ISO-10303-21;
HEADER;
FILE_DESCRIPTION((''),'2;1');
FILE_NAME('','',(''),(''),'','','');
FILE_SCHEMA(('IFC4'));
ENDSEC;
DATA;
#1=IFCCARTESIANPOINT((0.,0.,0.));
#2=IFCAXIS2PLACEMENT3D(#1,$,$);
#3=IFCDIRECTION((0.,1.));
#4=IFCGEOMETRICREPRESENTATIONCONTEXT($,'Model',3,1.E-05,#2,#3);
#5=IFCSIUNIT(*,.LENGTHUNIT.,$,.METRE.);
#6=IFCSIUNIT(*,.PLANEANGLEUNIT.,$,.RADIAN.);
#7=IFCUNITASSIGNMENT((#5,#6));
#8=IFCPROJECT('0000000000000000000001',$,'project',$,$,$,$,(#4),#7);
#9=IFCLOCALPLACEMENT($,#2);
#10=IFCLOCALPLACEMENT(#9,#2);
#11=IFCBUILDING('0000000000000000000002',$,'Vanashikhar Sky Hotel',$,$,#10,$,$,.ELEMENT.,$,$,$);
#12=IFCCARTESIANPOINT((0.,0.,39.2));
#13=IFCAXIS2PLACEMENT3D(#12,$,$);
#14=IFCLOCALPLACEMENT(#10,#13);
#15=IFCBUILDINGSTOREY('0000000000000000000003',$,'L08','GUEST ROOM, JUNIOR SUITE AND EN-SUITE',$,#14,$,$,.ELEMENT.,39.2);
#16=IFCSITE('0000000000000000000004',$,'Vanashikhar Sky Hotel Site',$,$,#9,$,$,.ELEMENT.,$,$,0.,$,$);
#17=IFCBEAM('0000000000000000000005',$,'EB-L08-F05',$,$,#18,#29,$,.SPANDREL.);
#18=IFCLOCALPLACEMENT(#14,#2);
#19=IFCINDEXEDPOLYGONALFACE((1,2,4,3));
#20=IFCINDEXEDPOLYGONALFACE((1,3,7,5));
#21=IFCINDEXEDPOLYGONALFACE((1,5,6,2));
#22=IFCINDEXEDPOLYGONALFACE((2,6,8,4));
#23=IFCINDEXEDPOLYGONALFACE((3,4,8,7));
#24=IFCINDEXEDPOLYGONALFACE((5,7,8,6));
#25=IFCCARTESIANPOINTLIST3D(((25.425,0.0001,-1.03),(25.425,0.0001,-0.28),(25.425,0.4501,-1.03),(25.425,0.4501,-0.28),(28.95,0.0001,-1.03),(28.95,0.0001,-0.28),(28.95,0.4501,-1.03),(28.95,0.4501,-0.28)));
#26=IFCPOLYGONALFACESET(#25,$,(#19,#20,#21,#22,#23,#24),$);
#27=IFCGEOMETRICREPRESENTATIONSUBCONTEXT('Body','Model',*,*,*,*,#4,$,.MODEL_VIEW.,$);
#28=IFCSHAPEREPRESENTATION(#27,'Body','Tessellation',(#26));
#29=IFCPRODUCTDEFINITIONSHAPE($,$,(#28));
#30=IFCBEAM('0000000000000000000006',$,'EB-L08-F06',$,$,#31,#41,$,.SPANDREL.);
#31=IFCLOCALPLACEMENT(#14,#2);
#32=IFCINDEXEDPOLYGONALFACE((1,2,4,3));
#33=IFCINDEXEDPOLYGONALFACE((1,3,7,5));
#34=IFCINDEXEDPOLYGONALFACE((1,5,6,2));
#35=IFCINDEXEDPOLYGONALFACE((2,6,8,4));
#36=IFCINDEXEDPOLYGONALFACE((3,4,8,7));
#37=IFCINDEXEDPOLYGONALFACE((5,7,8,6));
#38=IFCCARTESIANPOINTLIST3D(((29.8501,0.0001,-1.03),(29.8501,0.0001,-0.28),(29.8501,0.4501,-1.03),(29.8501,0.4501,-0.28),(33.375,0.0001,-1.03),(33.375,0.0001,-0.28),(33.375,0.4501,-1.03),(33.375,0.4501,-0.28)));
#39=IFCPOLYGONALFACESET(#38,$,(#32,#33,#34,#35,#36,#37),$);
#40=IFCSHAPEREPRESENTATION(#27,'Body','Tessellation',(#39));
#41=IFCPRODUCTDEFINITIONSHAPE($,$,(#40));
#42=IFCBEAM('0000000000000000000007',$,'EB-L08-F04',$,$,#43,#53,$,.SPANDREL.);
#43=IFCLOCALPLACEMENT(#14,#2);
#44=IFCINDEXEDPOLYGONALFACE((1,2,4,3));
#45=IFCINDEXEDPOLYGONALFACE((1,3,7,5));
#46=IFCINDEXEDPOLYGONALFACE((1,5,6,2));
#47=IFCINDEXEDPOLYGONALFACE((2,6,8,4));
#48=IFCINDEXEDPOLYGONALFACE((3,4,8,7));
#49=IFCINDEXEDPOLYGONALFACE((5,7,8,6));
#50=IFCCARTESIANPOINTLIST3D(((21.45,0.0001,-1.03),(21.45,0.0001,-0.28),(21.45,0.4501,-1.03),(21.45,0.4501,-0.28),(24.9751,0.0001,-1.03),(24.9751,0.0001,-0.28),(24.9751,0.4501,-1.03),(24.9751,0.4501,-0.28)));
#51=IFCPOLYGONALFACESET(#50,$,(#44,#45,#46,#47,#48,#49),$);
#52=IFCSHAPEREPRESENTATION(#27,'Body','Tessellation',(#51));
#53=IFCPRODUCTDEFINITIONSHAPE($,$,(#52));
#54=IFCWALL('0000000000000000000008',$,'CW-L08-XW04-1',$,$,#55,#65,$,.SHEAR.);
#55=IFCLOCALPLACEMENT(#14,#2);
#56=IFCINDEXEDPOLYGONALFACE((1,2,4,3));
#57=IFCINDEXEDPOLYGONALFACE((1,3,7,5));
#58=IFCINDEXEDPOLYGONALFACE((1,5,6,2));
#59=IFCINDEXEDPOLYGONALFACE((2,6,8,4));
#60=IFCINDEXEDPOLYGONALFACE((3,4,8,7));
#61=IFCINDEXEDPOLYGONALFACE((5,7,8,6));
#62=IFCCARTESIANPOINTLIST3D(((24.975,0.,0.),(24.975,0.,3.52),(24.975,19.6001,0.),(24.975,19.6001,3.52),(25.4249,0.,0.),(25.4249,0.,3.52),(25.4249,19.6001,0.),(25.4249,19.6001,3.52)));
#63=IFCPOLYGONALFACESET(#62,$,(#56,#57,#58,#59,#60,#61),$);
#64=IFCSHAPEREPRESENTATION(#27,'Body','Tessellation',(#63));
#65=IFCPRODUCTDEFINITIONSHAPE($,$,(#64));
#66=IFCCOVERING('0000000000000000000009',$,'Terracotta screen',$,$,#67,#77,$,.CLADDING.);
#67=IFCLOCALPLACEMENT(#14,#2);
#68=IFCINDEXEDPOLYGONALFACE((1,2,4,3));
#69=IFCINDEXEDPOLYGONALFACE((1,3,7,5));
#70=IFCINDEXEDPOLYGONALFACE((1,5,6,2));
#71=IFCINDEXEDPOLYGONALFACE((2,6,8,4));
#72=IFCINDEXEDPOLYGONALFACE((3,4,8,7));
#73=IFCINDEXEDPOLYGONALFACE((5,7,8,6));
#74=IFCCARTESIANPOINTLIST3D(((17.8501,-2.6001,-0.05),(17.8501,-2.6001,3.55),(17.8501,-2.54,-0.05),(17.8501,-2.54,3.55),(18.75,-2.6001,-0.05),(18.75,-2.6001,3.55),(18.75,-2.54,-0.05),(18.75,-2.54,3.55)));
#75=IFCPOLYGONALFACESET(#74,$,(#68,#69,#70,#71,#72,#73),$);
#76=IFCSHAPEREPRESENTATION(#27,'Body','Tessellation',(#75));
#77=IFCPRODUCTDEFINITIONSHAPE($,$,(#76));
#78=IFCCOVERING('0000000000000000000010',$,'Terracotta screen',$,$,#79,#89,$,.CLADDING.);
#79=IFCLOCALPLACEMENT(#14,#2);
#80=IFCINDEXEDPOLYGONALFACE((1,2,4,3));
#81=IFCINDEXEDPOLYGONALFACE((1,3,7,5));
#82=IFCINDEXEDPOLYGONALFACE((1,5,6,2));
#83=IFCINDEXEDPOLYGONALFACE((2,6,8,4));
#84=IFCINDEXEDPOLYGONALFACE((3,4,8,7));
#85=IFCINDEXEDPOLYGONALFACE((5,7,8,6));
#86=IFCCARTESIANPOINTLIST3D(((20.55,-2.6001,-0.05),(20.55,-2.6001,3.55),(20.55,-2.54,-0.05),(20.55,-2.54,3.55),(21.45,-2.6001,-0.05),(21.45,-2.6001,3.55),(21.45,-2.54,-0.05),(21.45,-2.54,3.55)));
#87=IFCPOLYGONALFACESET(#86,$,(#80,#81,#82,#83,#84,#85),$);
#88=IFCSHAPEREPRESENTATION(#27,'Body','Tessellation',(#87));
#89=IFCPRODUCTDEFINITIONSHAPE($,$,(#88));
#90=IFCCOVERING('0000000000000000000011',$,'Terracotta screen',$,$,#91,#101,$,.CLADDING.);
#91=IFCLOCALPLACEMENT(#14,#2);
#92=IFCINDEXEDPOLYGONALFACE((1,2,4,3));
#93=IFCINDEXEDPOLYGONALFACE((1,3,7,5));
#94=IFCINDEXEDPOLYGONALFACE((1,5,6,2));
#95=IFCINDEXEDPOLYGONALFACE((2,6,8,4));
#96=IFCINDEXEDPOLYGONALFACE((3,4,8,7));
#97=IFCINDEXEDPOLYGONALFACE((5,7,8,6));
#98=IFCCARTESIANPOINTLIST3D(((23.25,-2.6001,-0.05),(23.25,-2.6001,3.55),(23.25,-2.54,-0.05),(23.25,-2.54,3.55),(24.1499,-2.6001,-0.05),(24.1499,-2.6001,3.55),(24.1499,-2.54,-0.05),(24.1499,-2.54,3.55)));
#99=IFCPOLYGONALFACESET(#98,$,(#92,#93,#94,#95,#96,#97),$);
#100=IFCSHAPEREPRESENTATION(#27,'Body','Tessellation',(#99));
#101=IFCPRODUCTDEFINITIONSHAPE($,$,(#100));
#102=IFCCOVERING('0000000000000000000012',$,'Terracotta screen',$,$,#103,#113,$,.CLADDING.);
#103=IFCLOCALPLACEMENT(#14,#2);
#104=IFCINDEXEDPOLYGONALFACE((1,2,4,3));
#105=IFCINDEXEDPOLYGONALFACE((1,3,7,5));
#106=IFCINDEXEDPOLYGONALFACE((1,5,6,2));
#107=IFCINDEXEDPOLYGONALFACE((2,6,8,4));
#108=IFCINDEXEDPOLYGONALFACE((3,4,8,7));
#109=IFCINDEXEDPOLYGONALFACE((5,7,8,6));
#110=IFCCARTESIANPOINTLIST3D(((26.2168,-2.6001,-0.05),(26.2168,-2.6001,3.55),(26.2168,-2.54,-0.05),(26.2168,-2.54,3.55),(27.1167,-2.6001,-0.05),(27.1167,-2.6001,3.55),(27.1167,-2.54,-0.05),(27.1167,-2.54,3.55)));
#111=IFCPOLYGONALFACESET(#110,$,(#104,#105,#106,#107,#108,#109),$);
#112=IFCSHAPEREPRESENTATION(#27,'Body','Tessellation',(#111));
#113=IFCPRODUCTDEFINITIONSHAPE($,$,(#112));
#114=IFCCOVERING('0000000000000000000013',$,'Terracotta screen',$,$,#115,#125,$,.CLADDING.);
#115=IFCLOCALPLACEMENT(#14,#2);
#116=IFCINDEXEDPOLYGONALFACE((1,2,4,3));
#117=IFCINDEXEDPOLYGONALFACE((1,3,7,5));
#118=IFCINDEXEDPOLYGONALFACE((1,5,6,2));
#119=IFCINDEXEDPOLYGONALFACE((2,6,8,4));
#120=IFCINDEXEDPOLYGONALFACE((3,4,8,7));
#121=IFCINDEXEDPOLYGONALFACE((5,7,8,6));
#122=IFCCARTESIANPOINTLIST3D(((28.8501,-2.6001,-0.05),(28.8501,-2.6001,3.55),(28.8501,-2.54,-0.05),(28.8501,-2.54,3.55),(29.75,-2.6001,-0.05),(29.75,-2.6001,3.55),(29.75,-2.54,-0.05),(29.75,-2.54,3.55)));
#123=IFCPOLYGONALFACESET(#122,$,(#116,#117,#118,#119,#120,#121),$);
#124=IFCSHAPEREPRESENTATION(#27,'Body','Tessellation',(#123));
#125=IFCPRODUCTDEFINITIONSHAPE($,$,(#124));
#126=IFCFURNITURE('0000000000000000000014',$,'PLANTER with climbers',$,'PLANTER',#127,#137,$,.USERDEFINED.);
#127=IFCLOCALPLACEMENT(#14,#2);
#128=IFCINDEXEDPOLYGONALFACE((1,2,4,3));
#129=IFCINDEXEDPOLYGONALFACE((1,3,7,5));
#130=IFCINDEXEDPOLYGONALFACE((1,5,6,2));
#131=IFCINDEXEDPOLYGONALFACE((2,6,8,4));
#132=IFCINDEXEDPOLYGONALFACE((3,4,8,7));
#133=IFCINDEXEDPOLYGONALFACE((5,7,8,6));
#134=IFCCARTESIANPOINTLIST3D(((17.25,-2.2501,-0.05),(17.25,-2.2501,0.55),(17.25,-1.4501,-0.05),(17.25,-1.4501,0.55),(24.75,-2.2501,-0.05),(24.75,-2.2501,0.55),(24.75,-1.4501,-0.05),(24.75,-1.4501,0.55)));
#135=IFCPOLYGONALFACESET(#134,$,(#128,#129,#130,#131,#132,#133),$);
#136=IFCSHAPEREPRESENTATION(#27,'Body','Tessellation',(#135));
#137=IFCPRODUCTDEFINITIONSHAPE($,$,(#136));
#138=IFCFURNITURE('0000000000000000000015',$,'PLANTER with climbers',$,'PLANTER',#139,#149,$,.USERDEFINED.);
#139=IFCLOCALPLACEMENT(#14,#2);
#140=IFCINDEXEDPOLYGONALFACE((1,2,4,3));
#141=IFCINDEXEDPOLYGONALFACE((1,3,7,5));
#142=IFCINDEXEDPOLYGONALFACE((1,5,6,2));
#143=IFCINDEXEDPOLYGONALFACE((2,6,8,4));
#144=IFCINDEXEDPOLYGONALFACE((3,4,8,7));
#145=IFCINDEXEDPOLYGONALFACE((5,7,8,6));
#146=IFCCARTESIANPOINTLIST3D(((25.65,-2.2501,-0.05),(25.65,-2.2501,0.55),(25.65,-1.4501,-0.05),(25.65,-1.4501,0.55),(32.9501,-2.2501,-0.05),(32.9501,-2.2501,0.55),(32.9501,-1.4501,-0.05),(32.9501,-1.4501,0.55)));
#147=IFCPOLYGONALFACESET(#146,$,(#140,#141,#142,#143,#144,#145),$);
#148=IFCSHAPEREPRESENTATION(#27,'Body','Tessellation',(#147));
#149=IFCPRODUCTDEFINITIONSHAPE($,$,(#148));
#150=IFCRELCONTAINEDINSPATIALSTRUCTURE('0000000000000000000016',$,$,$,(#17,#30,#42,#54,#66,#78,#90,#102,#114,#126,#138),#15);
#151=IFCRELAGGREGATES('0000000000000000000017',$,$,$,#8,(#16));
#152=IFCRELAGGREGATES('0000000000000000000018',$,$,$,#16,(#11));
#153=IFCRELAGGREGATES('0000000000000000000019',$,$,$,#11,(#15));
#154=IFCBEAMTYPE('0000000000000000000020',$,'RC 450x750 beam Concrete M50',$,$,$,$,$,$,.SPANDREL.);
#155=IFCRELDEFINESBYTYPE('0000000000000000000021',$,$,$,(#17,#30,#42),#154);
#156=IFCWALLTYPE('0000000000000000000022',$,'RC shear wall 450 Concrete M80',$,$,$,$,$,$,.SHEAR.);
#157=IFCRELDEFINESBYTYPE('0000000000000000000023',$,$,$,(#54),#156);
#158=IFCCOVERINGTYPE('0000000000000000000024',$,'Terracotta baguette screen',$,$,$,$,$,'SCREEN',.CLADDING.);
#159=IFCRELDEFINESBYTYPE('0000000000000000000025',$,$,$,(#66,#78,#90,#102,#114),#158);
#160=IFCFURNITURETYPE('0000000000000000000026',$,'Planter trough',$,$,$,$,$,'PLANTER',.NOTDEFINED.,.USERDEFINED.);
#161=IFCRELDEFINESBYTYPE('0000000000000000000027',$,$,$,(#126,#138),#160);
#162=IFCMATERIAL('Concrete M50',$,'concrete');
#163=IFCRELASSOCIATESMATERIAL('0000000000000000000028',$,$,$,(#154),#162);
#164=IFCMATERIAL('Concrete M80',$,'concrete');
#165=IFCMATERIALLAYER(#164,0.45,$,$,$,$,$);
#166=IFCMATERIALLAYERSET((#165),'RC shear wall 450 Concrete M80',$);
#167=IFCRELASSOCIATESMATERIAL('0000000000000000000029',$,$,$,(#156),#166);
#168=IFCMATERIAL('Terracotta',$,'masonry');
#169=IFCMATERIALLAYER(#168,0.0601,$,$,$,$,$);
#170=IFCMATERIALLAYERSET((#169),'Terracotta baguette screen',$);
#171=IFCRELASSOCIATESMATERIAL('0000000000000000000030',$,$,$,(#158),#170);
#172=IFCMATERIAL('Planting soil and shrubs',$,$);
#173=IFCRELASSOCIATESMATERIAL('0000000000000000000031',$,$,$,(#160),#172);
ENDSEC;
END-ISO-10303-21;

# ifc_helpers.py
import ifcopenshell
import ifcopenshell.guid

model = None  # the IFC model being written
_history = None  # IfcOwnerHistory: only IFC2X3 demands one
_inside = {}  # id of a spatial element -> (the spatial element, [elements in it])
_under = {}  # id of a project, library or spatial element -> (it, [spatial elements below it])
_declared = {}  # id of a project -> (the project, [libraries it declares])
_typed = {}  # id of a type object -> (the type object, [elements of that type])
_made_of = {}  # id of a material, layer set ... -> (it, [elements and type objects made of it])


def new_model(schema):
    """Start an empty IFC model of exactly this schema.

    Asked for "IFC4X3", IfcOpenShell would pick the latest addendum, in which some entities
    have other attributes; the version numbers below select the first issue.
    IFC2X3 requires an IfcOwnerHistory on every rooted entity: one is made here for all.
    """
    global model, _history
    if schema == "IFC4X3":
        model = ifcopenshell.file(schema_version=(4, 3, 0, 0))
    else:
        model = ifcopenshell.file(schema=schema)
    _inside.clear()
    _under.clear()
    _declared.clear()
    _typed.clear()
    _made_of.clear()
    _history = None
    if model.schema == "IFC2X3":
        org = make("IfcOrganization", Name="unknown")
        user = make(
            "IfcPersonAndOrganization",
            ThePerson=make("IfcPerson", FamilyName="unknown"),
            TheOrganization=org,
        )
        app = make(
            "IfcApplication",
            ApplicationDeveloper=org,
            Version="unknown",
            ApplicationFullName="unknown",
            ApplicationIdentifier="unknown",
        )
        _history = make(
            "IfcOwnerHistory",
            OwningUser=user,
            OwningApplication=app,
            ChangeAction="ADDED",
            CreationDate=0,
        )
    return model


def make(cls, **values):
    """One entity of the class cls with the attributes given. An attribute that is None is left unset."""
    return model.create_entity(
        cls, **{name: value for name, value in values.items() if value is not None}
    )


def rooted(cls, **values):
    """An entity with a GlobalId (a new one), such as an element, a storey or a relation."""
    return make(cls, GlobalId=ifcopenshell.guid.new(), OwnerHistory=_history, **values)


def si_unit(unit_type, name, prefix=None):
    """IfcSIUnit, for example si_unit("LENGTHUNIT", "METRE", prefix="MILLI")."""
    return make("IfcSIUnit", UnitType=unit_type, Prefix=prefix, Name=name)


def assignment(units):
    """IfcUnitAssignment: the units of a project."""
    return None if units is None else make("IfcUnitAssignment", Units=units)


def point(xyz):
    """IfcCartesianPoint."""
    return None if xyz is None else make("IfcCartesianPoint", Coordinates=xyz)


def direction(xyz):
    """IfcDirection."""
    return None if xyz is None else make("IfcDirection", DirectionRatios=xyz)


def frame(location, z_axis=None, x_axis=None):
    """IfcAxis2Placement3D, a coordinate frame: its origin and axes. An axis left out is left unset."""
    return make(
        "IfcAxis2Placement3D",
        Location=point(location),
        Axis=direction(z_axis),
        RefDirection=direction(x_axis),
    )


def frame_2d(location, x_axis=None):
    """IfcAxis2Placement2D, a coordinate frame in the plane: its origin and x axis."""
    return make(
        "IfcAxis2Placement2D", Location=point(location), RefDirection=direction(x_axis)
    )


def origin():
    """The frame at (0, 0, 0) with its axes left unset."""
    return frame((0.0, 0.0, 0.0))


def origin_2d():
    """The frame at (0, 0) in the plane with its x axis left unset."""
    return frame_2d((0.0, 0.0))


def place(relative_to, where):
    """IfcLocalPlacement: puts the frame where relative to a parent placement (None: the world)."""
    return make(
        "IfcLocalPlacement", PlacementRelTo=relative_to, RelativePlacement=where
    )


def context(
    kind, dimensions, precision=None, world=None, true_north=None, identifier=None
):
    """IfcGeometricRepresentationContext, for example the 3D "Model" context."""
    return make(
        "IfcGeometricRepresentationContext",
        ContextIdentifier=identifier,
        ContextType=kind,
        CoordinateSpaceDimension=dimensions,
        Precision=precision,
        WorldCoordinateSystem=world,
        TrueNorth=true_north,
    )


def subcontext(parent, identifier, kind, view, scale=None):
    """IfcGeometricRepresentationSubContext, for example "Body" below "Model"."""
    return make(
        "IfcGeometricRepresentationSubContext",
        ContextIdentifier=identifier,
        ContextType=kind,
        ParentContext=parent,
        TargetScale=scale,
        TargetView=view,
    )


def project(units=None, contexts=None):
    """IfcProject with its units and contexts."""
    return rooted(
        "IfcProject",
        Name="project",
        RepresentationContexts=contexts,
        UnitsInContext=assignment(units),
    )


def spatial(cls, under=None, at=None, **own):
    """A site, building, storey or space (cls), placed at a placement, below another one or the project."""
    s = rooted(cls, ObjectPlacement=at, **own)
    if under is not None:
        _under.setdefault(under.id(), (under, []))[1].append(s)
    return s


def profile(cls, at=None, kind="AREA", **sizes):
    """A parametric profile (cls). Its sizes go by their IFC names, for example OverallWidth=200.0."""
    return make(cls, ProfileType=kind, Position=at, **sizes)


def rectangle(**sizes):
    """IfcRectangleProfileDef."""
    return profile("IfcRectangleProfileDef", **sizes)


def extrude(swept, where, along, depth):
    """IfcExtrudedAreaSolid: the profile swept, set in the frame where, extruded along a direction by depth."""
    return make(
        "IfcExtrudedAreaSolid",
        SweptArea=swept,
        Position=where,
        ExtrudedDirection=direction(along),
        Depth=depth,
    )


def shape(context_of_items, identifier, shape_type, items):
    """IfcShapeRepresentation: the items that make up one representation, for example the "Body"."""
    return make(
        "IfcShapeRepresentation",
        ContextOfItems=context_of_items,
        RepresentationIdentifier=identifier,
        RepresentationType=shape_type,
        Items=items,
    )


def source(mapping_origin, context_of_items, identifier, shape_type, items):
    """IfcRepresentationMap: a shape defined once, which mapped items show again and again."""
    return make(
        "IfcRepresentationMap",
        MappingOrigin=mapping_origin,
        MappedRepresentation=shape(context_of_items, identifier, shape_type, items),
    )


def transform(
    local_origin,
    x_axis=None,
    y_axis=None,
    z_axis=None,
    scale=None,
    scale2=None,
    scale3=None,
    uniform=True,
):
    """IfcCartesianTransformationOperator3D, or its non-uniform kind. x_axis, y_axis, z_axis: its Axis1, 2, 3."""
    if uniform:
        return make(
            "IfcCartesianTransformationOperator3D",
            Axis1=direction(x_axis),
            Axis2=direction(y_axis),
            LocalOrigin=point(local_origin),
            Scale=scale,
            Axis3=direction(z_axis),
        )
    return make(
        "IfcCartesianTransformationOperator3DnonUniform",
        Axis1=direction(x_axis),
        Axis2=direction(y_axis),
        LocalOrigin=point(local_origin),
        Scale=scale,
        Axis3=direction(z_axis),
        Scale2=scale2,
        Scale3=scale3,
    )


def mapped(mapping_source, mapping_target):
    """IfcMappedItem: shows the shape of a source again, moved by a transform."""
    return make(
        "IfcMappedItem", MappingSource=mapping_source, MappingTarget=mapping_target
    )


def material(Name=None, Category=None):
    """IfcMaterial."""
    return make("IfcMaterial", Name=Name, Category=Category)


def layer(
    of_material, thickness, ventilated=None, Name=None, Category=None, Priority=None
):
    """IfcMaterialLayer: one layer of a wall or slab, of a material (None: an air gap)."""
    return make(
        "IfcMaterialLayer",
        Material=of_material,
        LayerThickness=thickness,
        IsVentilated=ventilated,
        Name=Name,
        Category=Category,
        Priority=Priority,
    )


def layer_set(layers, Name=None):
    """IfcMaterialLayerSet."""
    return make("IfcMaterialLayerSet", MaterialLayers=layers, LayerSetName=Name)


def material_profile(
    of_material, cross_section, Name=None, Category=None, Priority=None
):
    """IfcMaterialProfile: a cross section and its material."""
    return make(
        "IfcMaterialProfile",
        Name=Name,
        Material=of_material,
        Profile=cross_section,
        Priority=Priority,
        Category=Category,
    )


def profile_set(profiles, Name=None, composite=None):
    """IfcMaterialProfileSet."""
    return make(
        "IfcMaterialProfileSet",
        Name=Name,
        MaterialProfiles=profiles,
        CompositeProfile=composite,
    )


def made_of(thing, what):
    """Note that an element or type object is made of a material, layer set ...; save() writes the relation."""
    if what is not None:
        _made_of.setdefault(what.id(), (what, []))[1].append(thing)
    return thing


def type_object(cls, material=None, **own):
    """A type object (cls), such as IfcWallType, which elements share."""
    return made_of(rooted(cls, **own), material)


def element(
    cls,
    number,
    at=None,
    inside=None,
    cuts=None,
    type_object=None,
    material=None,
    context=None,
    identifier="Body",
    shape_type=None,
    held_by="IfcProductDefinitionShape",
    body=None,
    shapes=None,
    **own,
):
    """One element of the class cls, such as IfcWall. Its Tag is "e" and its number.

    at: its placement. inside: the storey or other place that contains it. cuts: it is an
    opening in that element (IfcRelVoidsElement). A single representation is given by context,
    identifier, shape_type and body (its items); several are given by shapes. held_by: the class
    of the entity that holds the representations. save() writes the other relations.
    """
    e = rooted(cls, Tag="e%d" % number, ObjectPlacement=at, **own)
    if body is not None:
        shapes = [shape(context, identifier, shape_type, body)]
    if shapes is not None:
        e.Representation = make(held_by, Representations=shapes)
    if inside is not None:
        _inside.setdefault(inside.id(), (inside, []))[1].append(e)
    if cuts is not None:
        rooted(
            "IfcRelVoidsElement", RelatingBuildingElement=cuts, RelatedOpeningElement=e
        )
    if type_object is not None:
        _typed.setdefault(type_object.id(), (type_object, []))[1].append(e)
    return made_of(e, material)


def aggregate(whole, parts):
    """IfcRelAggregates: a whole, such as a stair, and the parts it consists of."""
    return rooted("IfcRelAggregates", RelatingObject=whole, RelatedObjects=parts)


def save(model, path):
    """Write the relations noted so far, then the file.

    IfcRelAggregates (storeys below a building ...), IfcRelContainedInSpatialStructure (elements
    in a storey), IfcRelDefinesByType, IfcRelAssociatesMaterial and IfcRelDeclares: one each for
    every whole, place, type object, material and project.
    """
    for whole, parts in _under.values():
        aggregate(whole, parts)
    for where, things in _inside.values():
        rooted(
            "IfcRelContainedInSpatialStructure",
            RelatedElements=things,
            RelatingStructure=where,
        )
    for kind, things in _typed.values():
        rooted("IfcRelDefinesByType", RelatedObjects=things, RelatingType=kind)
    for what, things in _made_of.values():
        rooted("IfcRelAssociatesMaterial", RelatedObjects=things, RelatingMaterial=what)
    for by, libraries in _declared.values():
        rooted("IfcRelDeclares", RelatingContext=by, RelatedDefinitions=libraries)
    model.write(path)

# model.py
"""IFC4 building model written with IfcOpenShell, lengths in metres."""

from ifc_helpers import new_model, si_unit, direction, frame, frame_2d, origin, origin_2d, place, context, subcontext, project, spatial, rectangle, extrude, source, transform, mapped, material, layer, layer_set, material_profile, profile_set, type_object, element, save


model = new_model("IFC4")

# Units and contexts
model_context = context("Model", 3, precision=1e-05, world=origin(), true_north=direction((0.0, 1.0)))
body_context = subcontext(model_context, "Body", "Model", "MODEL_VIEW")
ifc_project = project(units=[si_unit("LENGTHUNIT", "METRE"), si_unit("PLANEANGLEUNIT", "RADIAN")], contexts=[model_context])

# Site, building, storey
site_placement = place(None, origin())
site = spatial("IfcSite", under=ifc_project, at=site_placement, Name="Vanashikhar Sky Hotel Site", CompositionType="ELEMENT", RefElevation=0.0)
building_placement = place(site_placement, origin())
building = spatial("IfcBuilding", under=site, at=building_placement, Name="Vanashikhar Sky Hotel", CompositionType="ELEMENT")
storey_placement = place(building_placement, frame((0.0, 0.0, 39.2)))
storey = spatial("IfcBuildingStorey", under=building, at=storey_placement, Name="L08", Description="GUEST ROOM, JUNIOR SUITE AND EN-SUITE", CompositionType="ELEMENT", Elevation=39.2)

# Beams
ifc_material_1 = material(Name="Concrete M50", Category="concrete")
ifc_material_profile = material_profile(ifc_material_1, rectangle(XDim=0.45, YDim=0.75, at=origin_2d()))
ifc_profile_set = profile_set([ifc_material_profile], Name="RC 450x750 beam Concrete M50")
beam_type = type_object("IfcBeamType", Name="RC 450x750 beam Concrete M50", PredefinedType="SPANDREL", material=ifc_profile_set)
shared_shape_1 = source(origin(), body_context, "Body", "SweptSolid", [
    extrude(rectangle(XDim=0.45, YDim=0.75, at=origin_2d()), origin(), (0.0, 0.0, 1.0), 3.5249),
])
for number, where, z_axis, x_axis, name in (
    (1, (25.425, 0.2251, -0.655), (1.0, 0.0, 0.0), (0.0, 1.0, 0.0), "EB-L08-F05"),
    (2, (29.8501, 0.2251, -0.655), (1.0, 0.0, 0.0), (0.0, 1.0, 0.0), "EB-L08-F06"),
):
    element("IfcBeam", number, at=place(storey_placement, frame(where, z_axis=z_axis, x_axis=x_axis)), inside=storey, type_object=beam_type, Name=name, PredefinedType="SPANDREL", context=body_context, shape_type="MappedRepresentation", body=[
        mapped(shared_shape_1, transform((0.0, 0.0, 0.0), scale=1.0)),
    ])
shared_shape_2 = source(origin(), body_context, "Body", "SweptSolid", [
    extrude(rectangle(XDim=0.45, YDim=0.75, at=origin_2d()), origin(), (0.0, 0.0, 1.0), 3.5251),
])
beam_placement = place(storey_placement, frame((21.45, 0.2251, -0.655), z_axis=(1.0, 0.0, 0.0), x_axis=(0.0, 1.0, 0.0)))
element("IfcBeam", 3, at=beam_placement, inside=storey, type_object=beam_type, Name="EB-L08-F04", PredefinedType="SPANDREL", context=body_context, shape_type="MappedRepresentation", body=[
    mapped(shared_shape_2, transform((0.0, 0.0, 0.0), scale=1.0)),
])

# Wall
ifc_material_2 = material(Name="Concrete M80", Category="concrete")
ifc_layer_1 = layer(ifc_material_2, 0.45)
ifc_layer_set_1 = layer_set([ifc_layer_1], Name="RC shear wall 450 Concrete M80")
wall_type_1 = type_object("IfcWallType", Name="RC shear wall 450 Concrete M80", PredefinedType="SHEAR", material=ifc_layer_set_1)
shared_shape_3 = source(origin(), body_context, "Body", "SweptSolid", [
    extrude(rectangle(XDim=19.6001, YDim=0.45, at=frame_2d((9.8, 0.0))), origin(), (0.0, 0.0, 1.0), 3.52),
])
wall_1_placement = place(storey_placement, frame((25.2, 0.0, 0.0), z_axis=(0.0, 0.0, 1.0), x_axis=(0.0, 1.0, 0.0)))
element("IfcWall", 4, at=wall_1_placement, inside=storey, type_object=wall_type_1, Name="CW-L08-XW04-1", PredefinedType="SHEAR", context=body_context, shape_type="MappedRepresentation", body=[
    mapped(shared_shape_3, transform((0.0, 0.0, 0.0), scale=1.0)),
])

# Coverings
ifc_material_3 = material(Name="Terracotta", Category="masonry")
ifc_layer_2 = layer(ifc_material_3, 0.0601)
ifc_layer_set_2 = layer_set([ifc_layer_2], Name="Terracotta baguette screen")
covering_type = type_object("IfcCoveringType", Name="Terracotta baguette screen", ElementType="SCREEN", PredefinedType="CLADDING", material=ifc_layer_set_2)
shared_shape_4 = source(origin(), body_context, "Body", "SweptSolid", [
    extrude(rectangle(XDim=0.8999, YDim=0.0601, at=origin_2d()), origin(), (0.0, 0.0, 1.0), 3.6001),
])
for number, where, z_axis, x_axis, name in (
    (5, (18.3, -2.5701, -0.05), (0.0, 0.0, 1.0), (1.0, 0.0, 0.0), "Terracotta screen"),
    (6, (21.0, -2.5701, -0.05), (0.0, 0.0, 1.0), (1.0, 0.0, 0.0), "Terracotta screen"),
    (7, (23.7, -2.5701, -0.05), (0.0, 0.0, 1.0), (1.0, 0.0, 0.0), "Terracotta screen"),
    (8, (26.6667, -2.5701, -0.05), (0.0, 0.0, 1.0), (1.0, 0.0, 0.0), "Terracotta screen"),
    (9, (29.3, -2.5701, -0.05), (0.0, 0.0, 1.0), (1.0, 0.0, 0.0), "Terracotta screen"),
):
    element("IfcCovering", number, at=place(storey_placement, frame(where, z_axis=z_axis, x_axis=x_axis)), inside=storey, type_object=covering_type, Name=name, PredefinedType="CLADDING", context=body_context, shape_type="MappedRepresentation", body=[
        mapped(shared_shape_4, transform((0.0, 0.0, 0.0), scale=1.0)),
    ])

# Furniture
ifc_material_4 = material(Name="Planting soil and shrubs")
furniture_type = type_object("IfcFurnitureType", Name="Planter trough", ElementType="PLANTER", AssemblyPlace="NOTDEFINED", PredefinedType="USERDEFINED", material=ifc_material_4)
shared_shape_5 = source(origin(), body_context, "Body", "SweptSolid", [
    extrude(rectangle(XDim=7.5, YDim=0.8, at=origin_2d()), origin(), (0.0, 0.0, 1.0), 0.6001),
])
furniture_1_placement = place(storey_placement, frame((21.0, -1.8501, -0.05), z_axis=(0.0, 0.0, 1.0), x_axis=(1.0, 0.0, 0.0)))
element("IfcFurniture", 10, at=furniture_1_placement, inside=storey, type_object=furniture_type, Name="PLANTER with climbers", ObjectType="PLANTER", PredefinedType="USERDEFINED", context=body_context, shape_type="MappedRepresentation", body=[
    mapped(shared_shape_5, transform((0.0, 0.0, 0.0), scale=1.0)),
])
shared_shape_6 = source(origin(), body_context, "Body", "SweptSolid", [
    extrude(rectangle(XDim=7.3, YDim=0.8, at=origin_2d()), origin(), (0.0, 0.0, 1.0), 0.6001),
])
furniture_2_placement = place(storey_placement, frame((29.3, -1.8501, -0.05), z_axis=(0.0, 0.0, 1.0), x_axis=(1.0, 0.0, 0.0)))
element("IfcFurniture", 11, at=furniture_2_placement, inside=storey, type_object=furniture_type, Name="PLANTER with climbers", ObjectType="PLANTER", PredefinedType="USERDEFINED", context=body_context, shape_type="MappedRepresentation", body=[
    mapped(shared_shape_6, transform((0.0, 0.0, 0.0), scale=1.0)),
])

save(model, "model.ifc")
